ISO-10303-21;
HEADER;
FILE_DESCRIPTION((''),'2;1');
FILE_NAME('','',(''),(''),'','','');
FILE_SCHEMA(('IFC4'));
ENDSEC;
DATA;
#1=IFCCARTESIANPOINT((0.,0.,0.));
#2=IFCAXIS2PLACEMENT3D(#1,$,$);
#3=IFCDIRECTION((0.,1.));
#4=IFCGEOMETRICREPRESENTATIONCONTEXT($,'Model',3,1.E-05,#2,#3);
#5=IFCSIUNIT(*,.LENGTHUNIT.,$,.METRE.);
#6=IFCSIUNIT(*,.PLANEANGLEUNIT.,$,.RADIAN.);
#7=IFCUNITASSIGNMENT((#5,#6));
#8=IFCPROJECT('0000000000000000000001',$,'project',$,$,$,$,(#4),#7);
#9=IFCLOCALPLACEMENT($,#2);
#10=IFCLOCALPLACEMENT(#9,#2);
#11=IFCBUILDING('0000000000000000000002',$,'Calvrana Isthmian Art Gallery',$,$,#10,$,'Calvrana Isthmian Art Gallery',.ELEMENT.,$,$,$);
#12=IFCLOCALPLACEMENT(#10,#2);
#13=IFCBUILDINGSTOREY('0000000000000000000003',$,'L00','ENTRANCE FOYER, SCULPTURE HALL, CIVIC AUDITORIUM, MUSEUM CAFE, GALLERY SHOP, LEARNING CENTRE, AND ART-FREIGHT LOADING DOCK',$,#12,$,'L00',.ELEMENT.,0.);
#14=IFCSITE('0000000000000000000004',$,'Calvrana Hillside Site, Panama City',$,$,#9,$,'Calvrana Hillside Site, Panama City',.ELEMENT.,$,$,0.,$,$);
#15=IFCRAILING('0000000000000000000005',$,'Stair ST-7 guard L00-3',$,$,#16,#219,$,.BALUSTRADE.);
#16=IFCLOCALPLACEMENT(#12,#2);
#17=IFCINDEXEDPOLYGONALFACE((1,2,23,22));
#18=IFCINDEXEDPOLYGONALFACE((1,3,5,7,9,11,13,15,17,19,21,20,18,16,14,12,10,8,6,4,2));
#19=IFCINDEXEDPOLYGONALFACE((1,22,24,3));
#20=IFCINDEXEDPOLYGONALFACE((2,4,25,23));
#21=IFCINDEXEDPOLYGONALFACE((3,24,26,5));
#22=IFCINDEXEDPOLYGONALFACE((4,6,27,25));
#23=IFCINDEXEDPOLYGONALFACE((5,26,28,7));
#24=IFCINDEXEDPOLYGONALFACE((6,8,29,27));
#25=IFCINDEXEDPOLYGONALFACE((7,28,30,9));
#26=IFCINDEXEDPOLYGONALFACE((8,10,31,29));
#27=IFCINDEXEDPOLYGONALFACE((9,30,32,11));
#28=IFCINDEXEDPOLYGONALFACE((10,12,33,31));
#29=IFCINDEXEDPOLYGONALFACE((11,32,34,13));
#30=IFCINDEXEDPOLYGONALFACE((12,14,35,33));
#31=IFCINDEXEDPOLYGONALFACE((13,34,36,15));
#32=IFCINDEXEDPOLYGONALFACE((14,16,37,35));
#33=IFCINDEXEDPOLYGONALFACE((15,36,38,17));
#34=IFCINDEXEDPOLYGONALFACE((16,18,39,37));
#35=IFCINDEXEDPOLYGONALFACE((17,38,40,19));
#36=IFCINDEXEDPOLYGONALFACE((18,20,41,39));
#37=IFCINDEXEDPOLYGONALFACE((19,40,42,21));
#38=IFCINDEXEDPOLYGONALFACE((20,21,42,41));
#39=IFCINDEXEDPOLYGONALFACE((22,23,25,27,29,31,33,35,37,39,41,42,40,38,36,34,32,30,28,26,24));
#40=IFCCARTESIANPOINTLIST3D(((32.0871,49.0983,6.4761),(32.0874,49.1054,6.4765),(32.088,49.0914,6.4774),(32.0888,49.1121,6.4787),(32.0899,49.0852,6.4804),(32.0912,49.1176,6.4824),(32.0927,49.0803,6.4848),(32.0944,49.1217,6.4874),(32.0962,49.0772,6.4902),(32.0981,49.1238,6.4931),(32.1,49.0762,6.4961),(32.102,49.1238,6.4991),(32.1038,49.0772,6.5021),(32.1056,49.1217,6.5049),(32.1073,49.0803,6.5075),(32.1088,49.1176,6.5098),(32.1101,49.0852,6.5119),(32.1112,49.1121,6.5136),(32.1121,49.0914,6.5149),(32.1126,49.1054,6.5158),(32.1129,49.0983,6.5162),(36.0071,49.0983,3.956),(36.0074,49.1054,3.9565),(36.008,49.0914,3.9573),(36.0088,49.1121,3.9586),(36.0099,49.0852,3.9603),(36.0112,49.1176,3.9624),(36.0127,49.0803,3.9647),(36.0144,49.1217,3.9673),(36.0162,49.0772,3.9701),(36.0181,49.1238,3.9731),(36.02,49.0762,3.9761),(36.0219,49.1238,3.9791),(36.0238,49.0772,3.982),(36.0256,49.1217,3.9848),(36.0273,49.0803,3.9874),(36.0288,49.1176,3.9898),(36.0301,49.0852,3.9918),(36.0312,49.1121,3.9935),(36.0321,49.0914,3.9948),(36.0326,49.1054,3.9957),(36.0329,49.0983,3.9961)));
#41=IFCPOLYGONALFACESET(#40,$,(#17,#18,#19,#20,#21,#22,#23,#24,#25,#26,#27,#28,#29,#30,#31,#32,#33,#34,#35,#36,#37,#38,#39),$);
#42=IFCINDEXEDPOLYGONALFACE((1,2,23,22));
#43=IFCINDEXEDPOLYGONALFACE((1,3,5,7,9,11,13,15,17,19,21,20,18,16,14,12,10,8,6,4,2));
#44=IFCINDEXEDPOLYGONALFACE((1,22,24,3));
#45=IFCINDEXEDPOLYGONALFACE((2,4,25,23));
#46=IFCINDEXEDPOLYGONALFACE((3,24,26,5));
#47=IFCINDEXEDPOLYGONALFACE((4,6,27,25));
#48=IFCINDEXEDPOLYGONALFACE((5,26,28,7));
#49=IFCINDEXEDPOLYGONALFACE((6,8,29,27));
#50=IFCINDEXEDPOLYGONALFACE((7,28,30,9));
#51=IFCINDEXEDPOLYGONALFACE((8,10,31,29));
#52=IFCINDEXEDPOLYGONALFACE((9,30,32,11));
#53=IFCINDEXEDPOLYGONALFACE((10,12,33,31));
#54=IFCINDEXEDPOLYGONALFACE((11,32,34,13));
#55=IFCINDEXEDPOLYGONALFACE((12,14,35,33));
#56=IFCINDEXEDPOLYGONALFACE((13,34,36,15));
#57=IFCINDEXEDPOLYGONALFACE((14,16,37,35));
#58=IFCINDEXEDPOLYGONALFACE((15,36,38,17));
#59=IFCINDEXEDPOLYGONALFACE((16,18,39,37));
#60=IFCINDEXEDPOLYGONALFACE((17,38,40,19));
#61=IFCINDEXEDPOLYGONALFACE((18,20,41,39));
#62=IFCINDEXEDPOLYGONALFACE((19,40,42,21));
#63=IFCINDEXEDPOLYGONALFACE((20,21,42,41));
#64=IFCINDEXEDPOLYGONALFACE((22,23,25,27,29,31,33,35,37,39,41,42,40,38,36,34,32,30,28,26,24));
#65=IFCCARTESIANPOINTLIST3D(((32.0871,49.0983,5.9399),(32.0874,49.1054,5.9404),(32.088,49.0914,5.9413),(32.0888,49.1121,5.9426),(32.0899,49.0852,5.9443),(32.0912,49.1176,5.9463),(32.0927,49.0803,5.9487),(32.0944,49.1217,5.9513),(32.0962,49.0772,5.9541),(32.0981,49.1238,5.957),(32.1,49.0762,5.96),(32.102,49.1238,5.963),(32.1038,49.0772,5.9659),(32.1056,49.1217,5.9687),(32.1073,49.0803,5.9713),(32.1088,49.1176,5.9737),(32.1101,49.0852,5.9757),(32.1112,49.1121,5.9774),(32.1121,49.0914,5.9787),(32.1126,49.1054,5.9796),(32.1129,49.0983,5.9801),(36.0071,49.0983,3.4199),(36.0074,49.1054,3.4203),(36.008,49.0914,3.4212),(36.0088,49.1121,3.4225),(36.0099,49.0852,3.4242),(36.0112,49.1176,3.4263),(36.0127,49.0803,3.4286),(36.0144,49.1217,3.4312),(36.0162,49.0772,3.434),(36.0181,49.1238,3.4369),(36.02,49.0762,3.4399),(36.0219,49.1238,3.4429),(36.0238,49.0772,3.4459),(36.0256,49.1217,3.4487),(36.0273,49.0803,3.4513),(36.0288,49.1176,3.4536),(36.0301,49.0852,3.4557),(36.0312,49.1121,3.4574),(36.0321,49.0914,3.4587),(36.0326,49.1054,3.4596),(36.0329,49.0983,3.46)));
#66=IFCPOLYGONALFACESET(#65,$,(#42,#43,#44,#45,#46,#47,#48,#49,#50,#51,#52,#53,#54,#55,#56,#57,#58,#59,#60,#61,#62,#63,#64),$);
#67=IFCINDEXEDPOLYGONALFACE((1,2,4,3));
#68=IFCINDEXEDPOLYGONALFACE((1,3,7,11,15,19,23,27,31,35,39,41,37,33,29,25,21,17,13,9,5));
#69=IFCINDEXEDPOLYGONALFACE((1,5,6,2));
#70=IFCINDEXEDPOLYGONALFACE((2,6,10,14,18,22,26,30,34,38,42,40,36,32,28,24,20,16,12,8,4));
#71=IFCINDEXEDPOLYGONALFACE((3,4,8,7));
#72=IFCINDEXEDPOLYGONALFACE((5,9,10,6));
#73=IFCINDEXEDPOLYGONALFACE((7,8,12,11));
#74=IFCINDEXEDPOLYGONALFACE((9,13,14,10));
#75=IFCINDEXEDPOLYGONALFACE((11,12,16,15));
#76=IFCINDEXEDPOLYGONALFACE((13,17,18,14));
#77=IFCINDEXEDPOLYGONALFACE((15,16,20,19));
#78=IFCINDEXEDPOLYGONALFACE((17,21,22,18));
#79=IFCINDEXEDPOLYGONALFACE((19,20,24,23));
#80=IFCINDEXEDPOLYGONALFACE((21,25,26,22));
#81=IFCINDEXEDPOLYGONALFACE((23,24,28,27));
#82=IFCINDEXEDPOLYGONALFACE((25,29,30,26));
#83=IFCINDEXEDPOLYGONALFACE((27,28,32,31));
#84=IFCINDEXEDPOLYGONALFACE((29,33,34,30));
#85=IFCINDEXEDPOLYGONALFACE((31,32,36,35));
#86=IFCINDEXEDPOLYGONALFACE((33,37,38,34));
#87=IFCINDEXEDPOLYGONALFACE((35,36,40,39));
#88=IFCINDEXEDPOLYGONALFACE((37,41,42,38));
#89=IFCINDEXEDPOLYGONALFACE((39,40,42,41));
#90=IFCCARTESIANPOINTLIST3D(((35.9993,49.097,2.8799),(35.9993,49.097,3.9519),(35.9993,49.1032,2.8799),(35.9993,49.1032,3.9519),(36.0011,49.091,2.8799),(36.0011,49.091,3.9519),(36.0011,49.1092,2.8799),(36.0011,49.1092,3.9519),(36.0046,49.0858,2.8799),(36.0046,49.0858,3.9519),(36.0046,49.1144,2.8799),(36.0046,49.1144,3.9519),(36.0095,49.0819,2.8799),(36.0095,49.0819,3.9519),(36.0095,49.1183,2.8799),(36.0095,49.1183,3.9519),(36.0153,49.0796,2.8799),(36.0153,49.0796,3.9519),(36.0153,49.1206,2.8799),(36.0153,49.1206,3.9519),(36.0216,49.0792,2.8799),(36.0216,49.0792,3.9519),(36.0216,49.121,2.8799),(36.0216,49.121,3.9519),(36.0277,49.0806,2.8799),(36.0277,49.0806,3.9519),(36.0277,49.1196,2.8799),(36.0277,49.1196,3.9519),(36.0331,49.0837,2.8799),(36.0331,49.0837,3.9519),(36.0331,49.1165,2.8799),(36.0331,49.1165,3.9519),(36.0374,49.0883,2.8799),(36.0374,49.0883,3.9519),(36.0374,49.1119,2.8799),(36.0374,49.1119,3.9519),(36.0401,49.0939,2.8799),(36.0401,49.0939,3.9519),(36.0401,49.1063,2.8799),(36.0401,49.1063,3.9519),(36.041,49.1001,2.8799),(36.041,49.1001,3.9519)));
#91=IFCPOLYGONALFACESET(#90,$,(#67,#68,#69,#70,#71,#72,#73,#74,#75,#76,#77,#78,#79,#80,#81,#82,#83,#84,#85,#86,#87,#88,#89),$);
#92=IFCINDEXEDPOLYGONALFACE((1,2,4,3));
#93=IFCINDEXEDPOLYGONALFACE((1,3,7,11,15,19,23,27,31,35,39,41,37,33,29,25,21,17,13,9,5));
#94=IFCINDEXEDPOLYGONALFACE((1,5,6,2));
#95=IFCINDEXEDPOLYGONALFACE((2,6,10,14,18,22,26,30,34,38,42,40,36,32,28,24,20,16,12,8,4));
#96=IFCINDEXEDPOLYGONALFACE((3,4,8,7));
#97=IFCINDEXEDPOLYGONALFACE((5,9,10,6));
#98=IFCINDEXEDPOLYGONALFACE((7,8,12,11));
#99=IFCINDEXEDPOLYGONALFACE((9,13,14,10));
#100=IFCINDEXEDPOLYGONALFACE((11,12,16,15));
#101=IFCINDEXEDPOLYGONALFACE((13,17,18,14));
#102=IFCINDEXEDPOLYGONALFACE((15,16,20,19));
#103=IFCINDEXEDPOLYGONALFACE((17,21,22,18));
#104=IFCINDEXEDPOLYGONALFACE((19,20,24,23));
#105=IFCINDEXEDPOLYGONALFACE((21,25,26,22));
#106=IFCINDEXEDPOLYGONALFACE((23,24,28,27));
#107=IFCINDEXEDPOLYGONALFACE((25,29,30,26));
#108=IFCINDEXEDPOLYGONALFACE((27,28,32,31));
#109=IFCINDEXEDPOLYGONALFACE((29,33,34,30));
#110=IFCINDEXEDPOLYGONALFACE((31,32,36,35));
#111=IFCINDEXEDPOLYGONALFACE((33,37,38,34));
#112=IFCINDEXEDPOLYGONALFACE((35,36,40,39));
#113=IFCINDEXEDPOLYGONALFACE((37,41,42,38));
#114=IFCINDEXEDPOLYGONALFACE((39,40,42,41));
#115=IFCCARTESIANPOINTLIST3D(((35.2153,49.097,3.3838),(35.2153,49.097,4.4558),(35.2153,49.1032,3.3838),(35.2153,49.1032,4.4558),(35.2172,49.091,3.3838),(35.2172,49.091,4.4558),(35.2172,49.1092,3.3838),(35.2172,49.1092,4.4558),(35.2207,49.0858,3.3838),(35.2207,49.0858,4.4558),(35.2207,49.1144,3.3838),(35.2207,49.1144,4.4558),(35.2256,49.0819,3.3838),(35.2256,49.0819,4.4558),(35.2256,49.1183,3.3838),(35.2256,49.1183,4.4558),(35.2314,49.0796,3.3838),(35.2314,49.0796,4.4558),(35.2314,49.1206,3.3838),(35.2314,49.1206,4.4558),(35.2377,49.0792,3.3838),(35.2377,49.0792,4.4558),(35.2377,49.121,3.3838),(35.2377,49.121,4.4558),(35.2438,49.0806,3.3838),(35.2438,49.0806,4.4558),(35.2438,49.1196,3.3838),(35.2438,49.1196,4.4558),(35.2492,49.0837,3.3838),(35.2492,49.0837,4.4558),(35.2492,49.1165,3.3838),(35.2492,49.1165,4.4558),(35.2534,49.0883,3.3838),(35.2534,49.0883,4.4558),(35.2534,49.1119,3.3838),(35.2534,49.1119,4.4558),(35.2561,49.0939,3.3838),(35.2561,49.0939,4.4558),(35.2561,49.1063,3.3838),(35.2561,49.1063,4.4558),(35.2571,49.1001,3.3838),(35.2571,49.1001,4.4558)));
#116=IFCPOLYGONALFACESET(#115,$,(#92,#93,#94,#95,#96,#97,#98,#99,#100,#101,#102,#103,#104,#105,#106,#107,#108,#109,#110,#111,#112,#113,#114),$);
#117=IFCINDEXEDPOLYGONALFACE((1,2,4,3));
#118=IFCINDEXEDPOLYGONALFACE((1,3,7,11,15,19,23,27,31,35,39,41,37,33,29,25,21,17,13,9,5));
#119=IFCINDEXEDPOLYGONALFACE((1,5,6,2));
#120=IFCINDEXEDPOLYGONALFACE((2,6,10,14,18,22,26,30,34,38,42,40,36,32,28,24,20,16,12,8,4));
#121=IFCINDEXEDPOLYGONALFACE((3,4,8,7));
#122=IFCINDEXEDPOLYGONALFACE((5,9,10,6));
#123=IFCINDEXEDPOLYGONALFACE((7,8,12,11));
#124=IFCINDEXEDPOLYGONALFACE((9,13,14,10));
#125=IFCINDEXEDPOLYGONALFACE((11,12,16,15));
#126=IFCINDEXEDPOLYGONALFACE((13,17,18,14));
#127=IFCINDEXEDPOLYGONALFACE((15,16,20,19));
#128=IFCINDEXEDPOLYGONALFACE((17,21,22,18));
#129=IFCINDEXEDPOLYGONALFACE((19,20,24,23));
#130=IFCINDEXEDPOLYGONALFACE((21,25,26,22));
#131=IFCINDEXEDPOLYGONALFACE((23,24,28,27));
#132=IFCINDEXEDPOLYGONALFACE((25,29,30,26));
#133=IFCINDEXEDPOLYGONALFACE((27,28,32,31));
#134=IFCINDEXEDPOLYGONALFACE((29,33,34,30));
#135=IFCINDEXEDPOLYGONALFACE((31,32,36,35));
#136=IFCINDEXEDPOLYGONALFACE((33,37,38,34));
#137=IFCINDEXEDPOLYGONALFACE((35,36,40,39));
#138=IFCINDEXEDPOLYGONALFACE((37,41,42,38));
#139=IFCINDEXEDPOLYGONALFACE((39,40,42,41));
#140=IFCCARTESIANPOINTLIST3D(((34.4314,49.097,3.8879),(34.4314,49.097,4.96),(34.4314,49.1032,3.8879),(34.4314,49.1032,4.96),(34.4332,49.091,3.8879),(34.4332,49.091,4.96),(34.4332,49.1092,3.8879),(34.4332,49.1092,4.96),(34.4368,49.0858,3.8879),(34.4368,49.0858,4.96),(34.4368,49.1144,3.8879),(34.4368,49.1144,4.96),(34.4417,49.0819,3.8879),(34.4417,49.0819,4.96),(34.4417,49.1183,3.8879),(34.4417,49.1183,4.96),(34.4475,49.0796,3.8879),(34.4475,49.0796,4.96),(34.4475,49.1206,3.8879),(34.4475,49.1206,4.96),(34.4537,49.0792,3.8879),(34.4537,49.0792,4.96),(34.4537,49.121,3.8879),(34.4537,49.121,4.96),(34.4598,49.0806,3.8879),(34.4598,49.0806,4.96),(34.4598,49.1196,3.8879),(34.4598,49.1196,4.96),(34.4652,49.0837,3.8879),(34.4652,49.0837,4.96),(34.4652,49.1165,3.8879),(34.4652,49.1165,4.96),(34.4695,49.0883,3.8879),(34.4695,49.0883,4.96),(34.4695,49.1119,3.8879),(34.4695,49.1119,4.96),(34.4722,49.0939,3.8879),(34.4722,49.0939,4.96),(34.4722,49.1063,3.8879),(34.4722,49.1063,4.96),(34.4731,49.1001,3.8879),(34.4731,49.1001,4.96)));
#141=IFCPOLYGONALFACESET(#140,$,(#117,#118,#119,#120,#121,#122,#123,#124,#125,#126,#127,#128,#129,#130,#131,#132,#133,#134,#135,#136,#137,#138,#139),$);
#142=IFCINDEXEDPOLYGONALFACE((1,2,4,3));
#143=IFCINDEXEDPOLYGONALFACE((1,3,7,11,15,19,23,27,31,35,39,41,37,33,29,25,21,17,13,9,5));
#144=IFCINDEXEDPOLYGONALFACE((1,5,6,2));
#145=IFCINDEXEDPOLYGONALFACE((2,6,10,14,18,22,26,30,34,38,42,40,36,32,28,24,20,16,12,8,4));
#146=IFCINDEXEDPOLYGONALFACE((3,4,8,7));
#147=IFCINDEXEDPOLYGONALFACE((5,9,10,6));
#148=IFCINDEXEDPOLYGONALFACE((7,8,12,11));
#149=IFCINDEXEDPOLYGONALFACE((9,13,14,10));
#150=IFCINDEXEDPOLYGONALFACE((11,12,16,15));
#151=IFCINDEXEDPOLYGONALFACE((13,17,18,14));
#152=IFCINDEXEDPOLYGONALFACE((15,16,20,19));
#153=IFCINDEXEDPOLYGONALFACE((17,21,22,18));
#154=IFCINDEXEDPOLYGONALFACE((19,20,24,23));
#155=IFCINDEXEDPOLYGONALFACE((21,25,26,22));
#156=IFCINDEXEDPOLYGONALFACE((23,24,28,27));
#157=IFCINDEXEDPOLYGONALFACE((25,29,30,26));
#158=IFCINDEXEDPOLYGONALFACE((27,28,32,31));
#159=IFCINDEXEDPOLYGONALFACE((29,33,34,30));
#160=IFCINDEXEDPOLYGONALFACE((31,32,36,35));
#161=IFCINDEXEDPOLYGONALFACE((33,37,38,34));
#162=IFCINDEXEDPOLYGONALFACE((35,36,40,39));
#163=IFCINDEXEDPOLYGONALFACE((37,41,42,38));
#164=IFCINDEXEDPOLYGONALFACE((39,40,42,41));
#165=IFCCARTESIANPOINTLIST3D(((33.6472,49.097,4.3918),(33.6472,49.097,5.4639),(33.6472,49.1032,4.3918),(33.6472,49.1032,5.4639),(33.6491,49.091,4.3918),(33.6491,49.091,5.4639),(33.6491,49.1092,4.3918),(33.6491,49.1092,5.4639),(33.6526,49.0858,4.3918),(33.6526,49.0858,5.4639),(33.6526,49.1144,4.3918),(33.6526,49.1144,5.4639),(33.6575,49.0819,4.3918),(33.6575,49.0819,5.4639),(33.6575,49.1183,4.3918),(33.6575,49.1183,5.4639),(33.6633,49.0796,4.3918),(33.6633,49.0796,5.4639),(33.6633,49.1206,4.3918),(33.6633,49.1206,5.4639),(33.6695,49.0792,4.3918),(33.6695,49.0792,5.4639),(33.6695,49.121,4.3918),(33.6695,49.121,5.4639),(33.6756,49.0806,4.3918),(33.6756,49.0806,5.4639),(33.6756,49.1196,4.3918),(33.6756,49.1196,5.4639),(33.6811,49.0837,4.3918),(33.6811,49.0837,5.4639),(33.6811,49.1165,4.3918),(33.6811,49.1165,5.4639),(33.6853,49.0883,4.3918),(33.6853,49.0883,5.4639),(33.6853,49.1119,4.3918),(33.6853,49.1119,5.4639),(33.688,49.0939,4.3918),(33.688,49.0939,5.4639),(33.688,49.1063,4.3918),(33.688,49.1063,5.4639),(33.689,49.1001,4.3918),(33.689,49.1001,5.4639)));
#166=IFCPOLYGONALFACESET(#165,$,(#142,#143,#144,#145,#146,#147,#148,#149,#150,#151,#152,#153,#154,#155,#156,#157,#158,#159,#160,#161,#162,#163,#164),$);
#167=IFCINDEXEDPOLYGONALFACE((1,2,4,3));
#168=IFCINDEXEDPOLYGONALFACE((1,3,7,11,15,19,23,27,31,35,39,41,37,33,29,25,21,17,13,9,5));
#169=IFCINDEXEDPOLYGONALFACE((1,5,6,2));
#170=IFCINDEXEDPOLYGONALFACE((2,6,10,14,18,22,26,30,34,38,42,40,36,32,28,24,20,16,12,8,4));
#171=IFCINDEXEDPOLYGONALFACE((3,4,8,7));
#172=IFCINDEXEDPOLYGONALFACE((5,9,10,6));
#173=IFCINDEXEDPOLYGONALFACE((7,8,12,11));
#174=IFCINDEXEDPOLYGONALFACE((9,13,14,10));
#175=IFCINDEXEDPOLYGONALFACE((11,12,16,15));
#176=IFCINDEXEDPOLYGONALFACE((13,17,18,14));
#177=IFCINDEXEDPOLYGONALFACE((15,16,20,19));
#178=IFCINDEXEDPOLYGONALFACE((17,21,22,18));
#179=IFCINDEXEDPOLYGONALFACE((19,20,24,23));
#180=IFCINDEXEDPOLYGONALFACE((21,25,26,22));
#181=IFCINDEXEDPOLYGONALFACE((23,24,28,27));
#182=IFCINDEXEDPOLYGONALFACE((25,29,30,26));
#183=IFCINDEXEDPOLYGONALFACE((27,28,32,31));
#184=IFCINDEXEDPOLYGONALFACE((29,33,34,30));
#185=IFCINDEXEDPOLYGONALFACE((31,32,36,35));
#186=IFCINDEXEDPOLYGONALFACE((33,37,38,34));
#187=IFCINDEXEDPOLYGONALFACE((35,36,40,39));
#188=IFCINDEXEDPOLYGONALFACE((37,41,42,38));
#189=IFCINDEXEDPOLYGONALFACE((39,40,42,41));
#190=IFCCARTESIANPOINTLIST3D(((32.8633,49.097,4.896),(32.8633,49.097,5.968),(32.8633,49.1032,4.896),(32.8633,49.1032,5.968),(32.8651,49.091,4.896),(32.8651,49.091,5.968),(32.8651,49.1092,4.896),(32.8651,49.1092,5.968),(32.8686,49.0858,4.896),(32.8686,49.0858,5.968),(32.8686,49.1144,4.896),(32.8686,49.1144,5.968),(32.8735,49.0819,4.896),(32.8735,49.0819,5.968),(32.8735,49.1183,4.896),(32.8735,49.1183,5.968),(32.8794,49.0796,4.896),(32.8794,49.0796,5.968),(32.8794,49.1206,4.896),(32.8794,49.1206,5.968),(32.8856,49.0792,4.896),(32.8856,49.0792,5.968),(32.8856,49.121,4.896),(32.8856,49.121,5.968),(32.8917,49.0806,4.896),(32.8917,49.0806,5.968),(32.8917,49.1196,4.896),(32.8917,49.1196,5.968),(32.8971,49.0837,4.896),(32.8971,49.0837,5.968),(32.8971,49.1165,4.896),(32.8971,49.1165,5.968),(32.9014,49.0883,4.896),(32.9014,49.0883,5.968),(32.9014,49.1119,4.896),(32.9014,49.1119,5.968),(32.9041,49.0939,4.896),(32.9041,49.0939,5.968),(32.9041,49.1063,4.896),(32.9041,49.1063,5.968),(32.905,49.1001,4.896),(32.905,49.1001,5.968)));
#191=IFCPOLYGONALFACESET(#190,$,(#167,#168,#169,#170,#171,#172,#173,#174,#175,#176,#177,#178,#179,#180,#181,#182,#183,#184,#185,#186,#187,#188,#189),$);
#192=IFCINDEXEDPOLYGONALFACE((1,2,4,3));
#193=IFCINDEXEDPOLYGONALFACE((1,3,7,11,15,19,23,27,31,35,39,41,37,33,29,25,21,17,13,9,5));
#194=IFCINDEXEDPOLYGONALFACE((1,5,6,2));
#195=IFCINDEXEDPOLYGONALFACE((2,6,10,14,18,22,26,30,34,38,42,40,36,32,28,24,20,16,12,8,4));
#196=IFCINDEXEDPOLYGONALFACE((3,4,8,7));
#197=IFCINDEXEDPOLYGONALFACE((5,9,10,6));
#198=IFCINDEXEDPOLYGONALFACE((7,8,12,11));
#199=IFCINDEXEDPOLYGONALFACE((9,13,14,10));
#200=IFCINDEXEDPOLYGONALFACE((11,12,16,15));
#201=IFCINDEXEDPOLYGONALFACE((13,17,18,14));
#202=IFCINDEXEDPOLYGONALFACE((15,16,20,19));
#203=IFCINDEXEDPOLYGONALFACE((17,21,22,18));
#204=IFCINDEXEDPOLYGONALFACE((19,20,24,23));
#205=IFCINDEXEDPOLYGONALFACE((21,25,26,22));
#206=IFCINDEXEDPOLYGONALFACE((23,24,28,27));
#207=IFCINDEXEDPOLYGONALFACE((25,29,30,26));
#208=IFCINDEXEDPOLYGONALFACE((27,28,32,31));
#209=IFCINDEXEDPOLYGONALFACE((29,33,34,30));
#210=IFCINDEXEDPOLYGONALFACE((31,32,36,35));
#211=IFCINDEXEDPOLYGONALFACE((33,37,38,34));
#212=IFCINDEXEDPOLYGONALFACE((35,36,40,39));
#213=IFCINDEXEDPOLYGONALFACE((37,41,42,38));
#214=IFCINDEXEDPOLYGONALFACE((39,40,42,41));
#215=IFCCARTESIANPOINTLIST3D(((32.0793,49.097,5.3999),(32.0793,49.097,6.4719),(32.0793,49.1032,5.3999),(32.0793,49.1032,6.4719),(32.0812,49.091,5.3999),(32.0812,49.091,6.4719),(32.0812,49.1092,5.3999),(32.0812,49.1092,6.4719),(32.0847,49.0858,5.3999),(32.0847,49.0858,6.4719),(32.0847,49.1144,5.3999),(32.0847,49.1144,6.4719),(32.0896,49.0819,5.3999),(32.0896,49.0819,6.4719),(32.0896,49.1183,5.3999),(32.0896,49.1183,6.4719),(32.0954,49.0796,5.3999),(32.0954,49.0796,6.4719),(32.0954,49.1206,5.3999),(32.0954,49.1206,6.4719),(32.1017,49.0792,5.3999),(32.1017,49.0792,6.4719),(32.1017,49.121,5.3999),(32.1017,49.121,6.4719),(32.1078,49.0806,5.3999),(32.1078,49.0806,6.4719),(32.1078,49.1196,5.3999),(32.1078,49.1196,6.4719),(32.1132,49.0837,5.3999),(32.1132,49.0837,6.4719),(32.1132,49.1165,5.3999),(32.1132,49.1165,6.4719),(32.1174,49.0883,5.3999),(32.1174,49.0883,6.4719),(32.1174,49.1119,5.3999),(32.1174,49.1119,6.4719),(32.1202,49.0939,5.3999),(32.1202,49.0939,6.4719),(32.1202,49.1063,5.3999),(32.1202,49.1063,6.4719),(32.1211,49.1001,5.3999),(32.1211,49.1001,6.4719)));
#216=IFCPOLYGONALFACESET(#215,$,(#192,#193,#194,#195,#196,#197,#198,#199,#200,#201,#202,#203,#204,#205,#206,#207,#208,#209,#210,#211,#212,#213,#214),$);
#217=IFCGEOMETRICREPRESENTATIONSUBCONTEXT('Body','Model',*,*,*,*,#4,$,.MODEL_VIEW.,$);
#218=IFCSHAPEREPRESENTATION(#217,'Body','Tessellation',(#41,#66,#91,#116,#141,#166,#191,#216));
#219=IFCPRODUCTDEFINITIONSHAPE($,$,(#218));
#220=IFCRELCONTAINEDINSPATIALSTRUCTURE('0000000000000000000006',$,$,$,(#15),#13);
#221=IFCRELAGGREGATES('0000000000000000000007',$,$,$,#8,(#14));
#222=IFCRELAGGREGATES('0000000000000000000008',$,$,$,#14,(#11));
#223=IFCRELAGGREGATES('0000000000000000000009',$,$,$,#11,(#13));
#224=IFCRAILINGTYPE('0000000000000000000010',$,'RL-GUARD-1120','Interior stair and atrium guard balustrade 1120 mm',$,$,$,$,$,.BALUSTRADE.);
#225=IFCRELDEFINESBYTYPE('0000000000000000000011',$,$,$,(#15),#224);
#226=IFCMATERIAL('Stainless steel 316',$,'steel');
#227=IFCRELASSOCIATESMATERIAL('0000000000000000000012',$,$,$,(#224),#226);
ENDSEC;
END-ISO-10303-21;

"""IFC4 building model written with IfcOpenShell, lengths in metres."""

from ifc_helpers import new_model, si_unit, direction, frame, origin, origin_2d, place, context, subcontext, project, spatial, circle, extrude, material, type_object, element, save


model = new_model("IFC4")

# Units and contexts
model_context = context("Model", 3, precision=1e-05, world=origin(), true_north=direction((0.0, 1.0)))
body_context = subcontext(model_context, "Body", "Model", "MODEL_VIEW")
ifc_project = project(units=[si_unit("LENGTHUNIT", "METRE"), si_unit("PLANEANGLEUNIT", "RADIAN")], contexts=[model_context])

# Site, building, storey
site_placement = place(None, origin())
site = spatial("IfcSite", under=ifc_project, at=site_placement, Name="Calvrana Hillside Site, Panama City", LongName="Calvrana Hillside Site, Panama City", CompositionType="ELEMENT", RefElevation=0.0)
building_placement = place(site_placement, origin())
building = spatial("IfcBuilding", under=site, at=building_placement, Name="Calvrana Isthmian Art Gallery", LongName="Calvrana Isthmian Art Gallery", CompositionType="ELEMENT")
storey_placement = place(building_placement, origin())
storey = spatial("IfcBuildingStorey", under=building, at=storey_placement, Name="L00", Description="ENTRANCE FOYER, SCULPTURE HALL, CIVIC AUDITORIUM, MUSEUM CAFE, GALLERY SHOP, LEARNING CENTRE, AND ART-FREIGHT LOADING DOCK", LongName="L00", CompositionType="ELEMENT", Elevation=0.0)

# Railing
ifc_material_1 = material(Name="Stainless steel 316", Category="steel")
railing_type_1 = type_object("IfcRailingType", Name="RL-GUARD-1120", Description="Interior stair and atrium guard balustrade 1120 mm", PredefinedType="BALUSTRADE", material=ifc_material_1)
railing_1_placement = place(storey_placement, frame((36.02, 49.1001, 2.8799)))
element("IfcRailing", 1, at=railing_1_placement, inside=storey, type_object=railing_type_1, Name="Stair ST-7 guard L00-3", PredefinedType="BALUSTRADE", context=body_context, shape_type="SweptSolid", body=[
    extrude(circle(Radius=0.0239, at=origin_2d()), frame((0.0, 0.0, 1.0962), z_axis=(-0.841172, 0.0, 0.540768), x_axis=(0.0, -1.0, 0.0)), (0.0, 0.0, 1.0), 4.6602),
    extrude(circle(Radius=0.0239, at=origin_2d()), frame((0.0, 0.0, 0.5601), z_axis=(-0.841172, 0.0, 0.540768), x_axis=(0.0, -1.0, 0.0)), (0.0, 0.0, 1.0), 4.6602),
    extrude(circle(Radius=0.021, at=origin_2d()), origin(), (0.0, 0.0, 1.0), 1.072),
    extrude(circle(Radius=0.021, at=origin_2d()), frame((-0.7839, 0.0, 0.5039)), (0.0, 0.0, 1.0), 1.072),
    extrude(circle(Radius=0.021, at=origin_2d()), frame((-1.5679, 0.0, 1.0081)), (0.0, 0.0, 1.0), 1.072),
    extrude(circle(Radius=0.021, at=origin_2d()), frame((-2.3521, 0.0, 1.512)), (0.0, 0.0, 1.0), 1.072),
    extrude(circle(Radius=0.021, at=origin_2d()), frame((-3.136, 0.0, 2.0161)), (0.0, 0.0, 1.0), 1.072),
    extrude(circle(Radius=0.021, at=origin_2d()), frame((-3.9199, 0.0, 2.52)), (0.0, 0.0, 1.0), 1.072),
])

save(model, "model.ifc")
